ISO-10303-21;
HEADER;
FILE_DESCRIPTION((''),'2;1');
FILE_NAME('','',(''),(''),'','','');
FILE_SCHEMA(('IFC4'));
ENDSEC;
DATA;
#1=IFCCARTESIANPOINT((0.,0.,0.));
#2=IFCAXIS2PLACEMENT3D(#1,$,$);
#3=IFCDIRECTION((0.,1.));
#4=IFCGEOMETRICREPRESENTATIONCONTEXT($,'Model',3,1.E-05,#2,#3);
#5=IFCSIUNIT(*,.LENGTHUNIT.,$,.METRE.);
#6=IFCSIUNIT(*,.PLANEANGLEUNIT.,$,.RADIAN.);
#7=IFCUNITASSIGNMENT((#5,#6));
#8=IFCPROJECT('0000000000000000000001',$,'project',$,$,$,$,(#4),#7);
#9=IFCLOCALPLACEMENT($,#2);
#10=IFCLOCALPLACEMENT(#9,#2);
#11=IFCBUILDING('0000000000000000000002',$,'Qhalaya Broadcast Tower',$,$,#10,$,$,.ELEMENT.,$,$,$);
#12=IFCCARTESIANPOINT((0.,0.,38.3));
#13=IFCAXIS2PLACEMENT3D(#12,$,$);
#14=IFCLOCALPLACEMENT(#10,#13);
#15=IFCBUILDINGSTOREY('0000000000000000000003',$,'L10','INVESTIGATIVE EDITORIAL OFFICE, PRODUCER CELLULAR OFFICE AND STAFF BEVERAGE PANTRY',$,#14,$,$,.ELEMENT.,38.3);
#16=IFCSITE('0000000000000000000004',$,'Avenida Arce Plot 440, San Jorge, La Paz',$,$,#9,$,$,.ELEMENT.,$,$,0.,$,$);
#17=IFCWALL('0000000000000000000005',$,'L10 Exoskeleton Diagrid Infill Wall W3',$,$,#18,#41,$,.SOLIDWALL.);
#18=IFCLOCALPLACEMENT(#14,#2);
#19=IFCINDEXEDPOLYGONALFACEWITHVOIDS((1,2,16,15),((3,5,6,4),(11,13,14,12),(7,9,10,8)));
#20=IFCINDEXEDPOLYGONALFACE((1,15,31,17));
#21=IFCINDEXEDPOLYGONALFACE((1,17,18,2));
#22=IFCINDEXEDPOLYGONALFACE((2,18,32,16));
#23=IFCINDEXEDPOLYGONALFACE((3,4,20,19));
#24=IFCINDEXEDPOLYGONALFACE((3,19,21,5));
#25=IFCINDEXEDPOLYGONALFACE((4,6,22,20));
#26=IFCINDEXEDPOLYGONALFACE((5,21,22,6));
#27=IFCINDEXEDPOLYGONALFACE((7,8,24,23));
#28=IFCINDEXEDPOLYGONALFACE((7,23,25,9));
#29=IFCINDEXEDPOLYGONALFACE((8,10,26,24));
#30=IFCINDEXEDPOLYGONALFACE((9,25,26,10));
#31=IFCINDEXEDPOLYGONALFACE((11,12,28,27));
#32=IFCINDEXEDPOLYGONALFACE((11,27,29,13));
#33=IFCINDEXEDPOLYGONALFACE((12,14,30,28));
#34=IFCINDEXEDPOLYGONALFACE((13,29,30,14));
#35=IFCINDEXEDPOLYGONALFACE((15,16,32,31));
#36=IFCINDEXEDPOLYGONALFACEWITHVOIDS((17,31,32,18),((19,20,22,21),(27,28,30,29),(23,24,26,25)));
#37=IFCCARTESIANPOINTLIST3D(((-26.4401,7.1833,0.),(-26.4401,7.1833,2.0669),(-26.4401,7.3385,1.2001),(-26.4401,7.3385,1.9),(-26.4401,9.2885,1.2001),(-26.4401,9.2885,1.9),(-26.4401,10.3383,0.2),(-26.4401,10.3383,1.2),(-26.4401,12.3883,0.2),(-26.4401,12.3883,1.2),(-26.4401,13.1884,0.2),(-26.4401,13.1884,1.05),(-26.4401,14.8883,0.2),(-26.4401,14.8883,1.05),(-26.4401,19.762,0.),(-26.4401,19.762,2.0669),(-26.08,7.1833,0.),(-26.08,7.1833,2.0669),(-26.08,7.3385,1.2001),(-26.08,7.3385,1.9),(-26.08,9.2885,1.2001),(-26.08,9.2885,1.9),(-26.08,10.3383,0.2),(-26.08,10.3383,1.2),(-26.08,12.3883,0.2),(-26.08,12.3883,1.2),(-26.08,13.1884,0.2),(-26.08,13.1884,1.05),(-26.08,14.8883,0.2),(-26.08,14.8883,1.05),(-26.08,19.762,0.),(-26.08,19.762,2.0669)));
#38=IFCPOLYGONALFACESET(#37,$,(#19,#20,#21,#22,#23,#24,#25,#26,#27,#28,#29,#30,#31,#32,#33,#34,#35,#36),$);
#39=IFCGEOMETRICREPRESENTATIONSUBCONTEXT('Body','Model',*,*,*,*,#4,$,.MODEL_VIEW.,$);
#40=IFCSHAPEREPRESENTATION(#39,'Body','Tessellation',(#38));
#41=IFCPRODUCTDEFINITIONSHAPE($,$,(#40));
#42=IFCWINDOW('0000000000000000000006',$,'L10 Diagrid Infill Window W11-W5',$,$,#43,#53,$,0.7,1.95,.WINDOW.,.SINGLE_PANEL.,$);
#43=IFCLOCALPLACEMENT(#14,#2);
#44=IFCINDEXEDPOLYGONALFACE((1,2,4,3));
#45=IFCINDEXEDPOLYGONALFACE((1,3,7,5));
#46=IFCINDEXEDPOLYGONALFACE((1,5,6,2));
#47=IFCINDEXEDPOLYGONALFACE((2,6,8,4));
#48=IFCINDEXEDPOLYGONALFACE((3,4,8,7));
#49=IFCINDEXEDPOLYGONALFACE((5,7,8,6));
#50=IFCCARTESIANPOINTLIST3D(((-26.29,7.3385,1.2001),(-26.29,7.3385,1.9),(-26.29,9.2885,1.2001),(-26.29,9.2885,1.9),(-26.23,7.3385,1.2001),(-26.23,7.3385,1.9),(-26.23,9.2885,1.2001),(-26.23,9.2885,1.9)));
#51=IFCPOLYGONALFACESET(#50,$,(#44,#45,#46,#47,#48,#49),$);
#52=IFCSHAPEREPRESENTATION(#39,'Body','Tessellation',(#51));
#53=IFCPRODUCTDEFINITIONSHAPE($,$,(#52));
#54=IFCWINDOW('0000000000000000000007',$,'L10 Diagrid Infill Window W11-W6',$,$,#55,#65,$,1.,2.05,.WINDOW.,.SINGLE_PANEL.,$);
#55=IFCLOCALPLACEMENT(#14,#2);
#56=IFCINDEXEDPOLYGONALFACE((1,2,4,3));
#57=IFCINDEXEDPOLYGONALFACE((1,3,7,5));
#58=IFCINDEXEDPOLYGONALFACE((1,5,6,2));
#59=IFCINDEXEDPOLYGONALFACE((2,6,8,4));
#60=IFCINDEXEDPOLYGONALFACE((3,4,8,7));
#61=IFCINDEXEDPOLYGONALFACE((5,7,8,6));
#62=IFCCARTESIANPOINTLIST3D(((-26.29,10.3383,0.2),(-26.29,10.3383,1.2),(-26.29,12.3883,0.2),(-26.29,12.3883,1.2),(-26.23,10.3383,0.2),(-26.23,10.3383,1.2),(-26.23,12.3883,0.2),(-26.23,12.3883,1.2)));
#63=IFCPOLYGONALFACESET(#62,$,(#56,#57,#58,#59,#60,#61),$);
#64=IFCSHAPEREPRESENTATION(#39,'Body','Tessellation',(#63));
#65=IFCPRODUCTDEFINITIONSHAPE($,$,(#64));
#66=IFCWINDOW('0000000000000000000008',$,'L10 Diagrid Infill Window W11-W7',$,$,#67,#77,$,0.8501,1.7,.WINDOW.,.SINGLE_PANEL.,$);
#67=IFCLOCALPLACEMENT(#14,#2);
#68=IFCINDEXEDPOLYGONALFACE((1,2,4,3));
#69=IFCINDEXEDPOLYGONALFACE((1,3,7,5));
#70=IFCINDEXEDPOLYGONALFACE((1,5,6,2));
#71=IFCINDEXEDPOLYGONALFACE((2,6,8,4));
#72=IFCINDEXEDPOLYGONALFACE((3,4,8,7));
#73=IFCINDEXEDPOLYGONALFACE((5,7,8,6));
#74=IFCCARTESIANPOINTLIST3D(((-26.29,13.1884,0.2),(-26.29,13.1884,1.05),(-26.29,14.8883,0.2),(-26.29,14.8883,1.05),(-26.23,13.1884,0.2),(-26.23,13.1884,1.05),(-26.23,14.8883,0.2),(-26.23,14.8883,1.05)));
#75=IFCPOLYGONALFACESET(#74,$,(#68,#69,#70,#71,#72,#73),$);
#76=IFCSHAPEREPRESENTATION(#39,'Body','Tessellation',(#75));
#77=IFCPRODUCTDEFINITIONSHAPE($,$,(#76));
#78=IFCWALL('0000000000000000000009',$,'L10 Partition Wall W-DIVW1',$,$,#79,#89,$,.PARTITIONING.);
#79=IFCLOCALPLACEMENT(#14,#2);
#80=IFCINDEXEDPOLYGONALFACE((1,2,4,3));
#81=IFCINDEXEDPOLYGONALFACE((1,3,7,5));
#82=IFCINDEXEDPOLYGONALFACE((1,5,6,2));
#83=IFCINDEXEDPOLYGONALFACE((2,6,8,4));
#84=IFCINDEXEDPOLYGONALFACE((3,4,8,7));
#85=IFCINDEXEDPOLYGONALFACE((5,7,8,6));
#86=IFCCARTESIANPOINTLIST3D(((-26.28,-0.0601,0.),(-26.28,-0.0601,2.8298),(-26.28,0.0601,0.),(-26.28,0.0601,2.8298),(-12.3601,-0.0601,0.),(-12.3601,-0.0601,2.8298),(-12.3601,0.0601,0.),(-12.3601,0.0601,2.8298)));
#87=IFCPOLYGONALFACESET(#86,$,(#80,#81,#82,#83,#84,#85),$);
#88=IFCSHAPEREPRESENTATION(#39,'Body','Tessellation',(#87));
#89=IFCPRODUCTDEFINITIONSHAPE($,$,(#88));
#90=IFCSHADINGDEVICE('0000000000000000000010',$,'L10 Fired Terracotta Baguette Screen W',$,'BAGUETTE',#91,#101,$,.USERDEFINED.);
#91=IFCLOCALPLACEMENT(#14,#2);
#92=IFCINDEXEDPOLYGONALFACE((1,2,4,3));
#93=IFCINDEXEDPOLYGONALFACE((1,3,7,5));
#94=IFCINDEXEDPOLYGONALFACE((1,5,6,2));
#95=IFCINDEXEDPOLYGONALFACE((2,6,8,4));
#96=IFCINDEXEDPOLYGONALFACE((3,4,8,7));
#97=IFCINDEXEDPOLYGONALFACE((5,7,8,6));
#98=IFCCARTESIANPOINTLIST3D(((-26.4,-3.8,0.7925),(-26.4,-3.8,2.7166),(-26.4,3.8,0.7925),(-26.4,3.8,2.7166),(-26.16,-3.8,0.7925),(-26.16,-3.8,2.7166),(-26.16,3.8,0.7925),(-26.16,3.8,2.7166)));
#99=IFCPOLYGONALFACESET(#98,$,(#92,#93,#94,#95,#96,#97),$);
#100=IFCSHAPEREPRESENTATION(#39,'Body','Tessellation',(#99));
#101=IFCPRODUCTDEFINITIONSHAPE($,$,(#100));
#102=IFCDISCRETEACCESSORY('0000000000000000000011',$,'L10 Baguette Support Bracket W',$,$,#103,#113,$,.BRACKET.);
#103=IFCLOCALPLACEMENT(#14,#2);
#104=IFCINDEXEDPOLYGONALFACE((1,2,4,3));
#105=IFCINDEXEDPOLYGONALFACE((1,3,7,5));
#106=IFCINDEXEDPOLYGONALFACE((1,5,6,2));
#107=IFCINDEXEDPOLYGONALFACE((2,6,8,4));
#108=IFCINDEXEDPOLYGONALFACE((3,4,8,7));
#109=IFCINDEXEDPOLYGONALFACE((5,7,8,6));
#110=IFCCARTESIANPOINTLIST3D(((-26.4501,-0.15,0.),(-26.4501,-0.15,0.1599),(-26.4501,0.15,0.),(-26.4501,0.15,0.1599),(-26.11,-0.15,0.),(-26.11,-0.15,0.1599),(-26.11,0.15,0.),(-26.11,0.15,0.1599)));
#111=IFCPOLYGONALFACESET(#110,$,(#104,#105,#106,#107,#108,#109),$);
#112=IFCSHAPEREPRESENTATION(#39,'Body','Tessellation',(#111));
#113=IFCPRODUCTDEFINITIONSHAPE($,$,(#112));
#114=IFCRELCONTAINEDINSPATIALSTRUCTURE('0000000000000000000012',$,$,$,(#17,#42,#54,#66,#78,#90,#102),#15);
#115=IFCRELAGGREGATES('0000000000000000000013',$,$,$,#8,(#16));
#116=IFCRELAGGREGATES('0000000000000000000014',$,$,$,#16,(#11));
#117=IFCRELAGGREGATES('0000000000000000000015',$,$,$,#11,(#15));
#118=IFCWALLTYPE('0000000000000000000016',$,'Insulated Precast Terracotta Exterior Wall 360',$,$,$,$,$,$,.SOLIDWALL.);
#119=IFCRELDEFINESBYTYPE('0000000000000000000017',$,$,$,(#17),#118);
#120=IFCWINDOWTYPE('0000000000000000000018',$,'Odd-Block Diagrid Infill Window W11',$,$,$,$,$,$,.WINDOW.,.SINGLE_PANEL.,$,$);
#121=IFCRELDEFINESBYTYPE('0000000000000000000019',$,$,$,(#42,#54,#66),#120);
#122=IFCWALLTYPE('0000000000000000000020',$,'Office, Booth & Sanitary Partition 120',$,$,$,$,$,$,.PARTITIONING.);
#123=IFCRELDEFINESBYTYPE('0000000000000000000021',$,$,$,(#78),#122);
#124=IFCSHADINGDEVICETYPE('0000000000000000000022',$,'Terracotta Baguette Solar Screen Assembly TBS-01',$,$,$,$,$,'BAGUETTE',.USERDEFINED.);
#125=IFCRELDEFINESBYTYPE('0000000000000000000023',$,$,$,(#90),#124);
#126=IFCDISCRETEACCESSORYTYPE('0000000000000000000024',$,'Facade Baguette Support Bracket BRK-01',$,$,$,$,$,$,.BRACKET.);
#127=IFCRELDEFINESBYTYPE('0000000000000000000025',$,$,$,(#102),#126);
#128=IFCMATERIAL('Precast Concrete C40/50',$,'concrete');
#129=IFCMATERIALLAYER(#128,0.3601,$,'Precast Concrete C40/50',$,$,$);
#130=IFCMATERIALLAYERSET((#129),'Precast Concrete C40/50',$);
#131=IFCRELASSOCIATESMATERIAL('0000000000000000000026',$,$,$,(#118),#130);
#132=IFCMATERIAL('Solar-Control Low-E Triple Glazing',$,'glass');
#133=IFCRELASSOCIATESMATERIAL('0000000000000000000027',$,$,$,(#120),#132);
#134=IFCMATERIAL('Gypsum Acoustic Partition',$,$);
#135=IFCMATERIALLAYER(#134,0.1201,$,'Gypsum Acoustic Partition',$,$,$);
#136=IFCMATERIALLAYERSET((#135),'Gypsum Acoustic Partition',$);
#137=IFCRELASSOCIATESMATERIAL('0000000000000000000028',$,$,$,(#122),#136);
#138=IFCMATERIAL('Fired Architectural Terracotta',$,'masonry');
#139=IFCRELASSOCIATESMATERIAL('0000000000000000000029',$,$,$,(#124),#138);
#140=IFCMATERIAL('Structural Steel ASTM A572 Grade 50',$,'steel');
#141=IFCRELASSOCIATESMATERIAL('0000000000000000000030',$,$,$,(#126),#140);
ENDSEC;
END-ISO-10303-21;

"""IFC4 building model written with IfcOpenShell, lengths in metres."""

from ifc_helpers import new_model, si_unit, direction, frame, frame_2d, origin, origin_2d, place, context, subcontext, project, spatial, rectangle, extrude, material, layer, layer_set, type_object, element, fill, save


model = new_model("IFC4")

# Units and contexts
model_context = context("Model", 3, precision=1e-05, world=origin(), true_north=direction((0.0, 1.0)))
body_context = subcontext(model_context, "Body", "Model", "MODEL_VIEW")
ifc_project = project(units=[si_unit("LENGTHUNIT", "METRE"), si_unit("PLANEANGLEUNIT", "RADIAN")], contexts=[model_context])

# Site, building, storey
site_placement = place(None, origin())
site = spatial("IfcSite", under=ifc_project, at=site_placement, Name="Avenida Arce Plot 440, San Jorge, La Paz", CompositionType="ELEMENT", RefElevation=0.0)
building_placement = place(site_placement, origin())
building = spatial("IfcBuilding", under=site, at=building_placement, Name="Qhalaya Broadcast Tower", CompositionType="ELEMENT")
storey_placement = place(building_placement, frame((0.0, 0.0, 38.3)))
storey = spatial("IfcBuildingStorey", under=building, at=storey_placement, Name="L10", Description="INVESTIGATIVE EDITORIAL OFFICE, PRODUCER CELLULAR OFFICE AND STAFF BEVERAGE PANTRY", CompositionType="ELEMENT", Elevation=38.3)

# Shared definitions
ifc_material_1 = material(Name="Structural Steel ASTM A572 Grade 50", Category="steel")

# Shared definitions
ifc_material_2 = material(Name="Gypsum Acoustic Partition")

# Wall, openings, windows
ifc_material_3 = material(Name="Precast Concrete C40/50", Category="concrete")
ifc_layer_1 = layer(ifc_material_3, 0.3601, Name="Precast Concrete C40/50")
ifc_layer_set_1 = layer_set([ifc_layer_1], Name="Precast Concrete C40/50")
wall_type_1 = type_object("IfcWallType", Name="Insulated Precast Terracotta Exterior Wall 360", PredefinedType="SOLIDWALL", material=ifc_layer_set_1)
wall_1_placement = place(storey_placement, frame((-26.26, 7.1833, 0.0), z_axis=(0.0, 0.0, 1.0), x_axis=(0.0, 1.0, 0.0)))
wall_1 = element("IfcWall", 1, at=wall_1_placement, inside=storey, type_object=wall_type_1, Name="L10 Exoskeleton Diagrid Infill Wall W3", PredefinedType="SOLIDWALL", context=body_context, shape_type="SweptSolid", body=[
    extrude(rectangle(XDim=12.5786, YDim=0.3601, at=frame_2d((6.2893, 0.0))), origin(), (0.0, 0.0, 1.0), 2.0669),
])
opening_1_placement = place(wall_1_placement, frame((0.155, 0.0, 1.2)))
opening_1 = element("IfcOpeningElement", 2, at=opening_1_placement, cuts=wall_1, PredefinedType="OPENING", context=body_context, shape_type="SweptSolid", body=[
    extrude(rectangle(XDim=1.95, YDim=0.7, at=frame_2d((0.9751, 0.3501))), frame((0.0, 0.1921, 0.0), z_axis=(0.0, -1.0, 0.0), x_axis=(1.0, 0.0, 0.0)), (0.0, 0.0, 1.0), 0.384),
])
opening_2_placement = place(wall_1_placement, frame((3.155, 0.0, 0.2)))
opening_2 = element("IfcOpeningElement", 3, at=opening_2_placement, cuts=wall_1, PredefinedType="OPENING", context=body_context, shape_type="SweptSolid", body=[
    extrude(rectangle(XDim=2.05, YDim=1.0, at=frame_2d((1.0249, 0.5))), frame((0.0, 0.1921, 0.0), z_axis=(0.0, -1.0, 0.0), x_axis=(1.0, 0.0, 0.0)), (0.0, 0.0, 1.0), 0.384),
])
opening_3_placement = place(wall_1_placement, frame((6.0049, 0.0, 0.2)))
opening_3 = element("IfcOpeningElement", 4, at=opening_3_placement, cuts=wall_1, PredefinedType="OPENING", context=body_context, shape_type="SweptSolid", body=[
    extrude(rectangle(XDim=1.7, YDim=0.8501, at=frame_2d((0.8501, 0.425))), frame((0.0, 0.1921, 0.0), z_axis=(0.0, -1.0, 0.0), x_axis=(1.0, 0.0, 0.0)), (0.0, 0.0, 1.0), 0.384),
])
ifc_material_4 = material(Name="Solar-Control Low-E Triple Glazing", Category="glass")
window_type = type_object("IfcWindowType", Name="Odd-Block Diagrid Infill Window W11", PartitioningType="SINGLE_PANEL", PredefinedType="WINDOW", material=ifc_material_4)
window_1_placement = place(opening_1_placement, origin())
window_1 = element("IfcWindow", 5, at=window_1_placement, inside=storey, type_object=window_type, Name="L10 Diagrid Infill Window W11-W5", OverallHeight=0.7, OverallWidth=1.95, PartitioningType="SINGLE_PANEL", PredefinedType="WINDOW", context=body_context, shape_type="SweptSolid", body=[
    extrude(rectangle(XDim=1.95, YDim=0.7, at=frame_2d((0.9751, 0.3501))), frame((0.0, 0.03, 0.0), z_axis=(0.0, -1.0, 0.0), x_axis=(1.0, 0.0, 0.0)), (0.0, 0.0, 1.0), 0.0601),
])
fill(opening_1, window_1)
window_2_placement = place(opening_2_placement, origin())
window_2 = element("IfcWindow", 6, at=window_2_placement, inside=storey, type_object=window_type, Name="L10 Diagrid Infill Window W11-W6", OverallHeight=1.0, OverallWidth=2.05, PartitioningType="SINGLE_PANEL", PredefinedType="WINDOW", context=body_context, shape_type="SweptSolid", body=[
    extrude(rectangle(XDim=2.05, YDim=1.0, at=frame_2d((1.0249, 0.5))), frame((0.0, 0.03, 0.0), z_axis=(0.0, -1.0, 0.0), x_axis=(1.0, 0.0, 0.0)), (0.0, 0.0, 1.0), 0.0601),
])
fill(opening_2, window_2)
window_3_placement = place(opening_3_placement, origin())
window_3 = element("IfcWindow", 7, at=window_3_placement, inside=storey, type_object=window_type, Name="L10 Diagrid Infill Window W11-W7", OverallHeight=0.8501, OverallWidth=1.7, PartitioningType="SINGLE_PANEL", PredefinedType="WINDOW", context=body_context, shape_type="SweptSolid", body=[
    extrude(rectangle(XDim=1.7, YDim=0.8501, at=frame_2d((0.8501, 0.425))), frame((0.0, 0.03, 0.0), z_axis=(0.0, -1.0, 0.0), x_axis=(1.0, 0.0, 0.0)), (0.0, 0.0, 1.0), 0.0601),
])
fill(opening_3, window_3)

# Wall
ifc_layer_2 = layer(ifc_material_2, 0.1201, Name="Gypsum Acoustic Partition")
ifc_layer_set_2 = layer_set([ifc_layer_2], Name="Gypsum Acoustic Partition")
wall_type_2 = type_object("IfcWallType", Name="Office, Booth & Sanitary Partition 120", PredefinedType="PARTITIONING", material=ifc_layer_set_2)
wall_2_placement = place(storey_placement, frame((-26.28, 0.0, 0.0), z_axis=(0.0, 0.0, 1.0), x_axis=(1.0, 0.0, 0.0)))
element("IfcWall", 8, at=wall_2_placement, inside=storey, type_object=wall_type_2, Name="L10 Partition Wall W-DIVW1", PredefinedType="PARTITIONING", context=body_context, shape_type="SweptSolid", body=[
    extrude(rectangle(XDim=13.9199, YDim=0.1201, at=frame_2d((6.96, 0.0))), origin(), (0.0, 0.0, 1.0), 2.8298),
])

# Shading device
ifc_material_5 = material(Name="Fired Architectural Terracotta", Category="masonry")
shading_device_type = type_object("IfcShadingDeviceType", Name="Terracotta Baguette Solar Screen Assembly TBS-01", ElementType="BAGUETTE", PredefinedType="USERDEFINED", material=ifc_material_5)
shading_device_placement = place(storey_placement, frame((-26.28, 0.0, 0.7925), z_axis=(0.0, 0.0, 1.0), x_axis=(0.0, -1.0, 0.0)))
element("IfcShadingDevice", 9, at=shading_device_placement, inside=storey, type_object=shading_device_type, Name="L10 Fired Terracotta Baguette Screen W", ObjectType="BAGUETTE", PredefinedType="USERDEFINED", context=body_context, shape_type="SweptSolid", body=[
    extrude(rectangle(XDim=7.6001, YDim=0.24, at=origin_2d()), origin(), (0.0, 0.0, 1.0), 1.9241),
])

# Discrete accessory
discrete_accessory_type = type_object("IfcDiscreteAccessoryType", Name="Facade Baguette Support Bracket BRK-01", PredefinedType="BRACKET", material=ifc_material_1)
discrete_accessory_placement = place(storey_placement, frame((-26.28, 0.0, 0.0), z_axis=(0.0, 0.0, 1.0), x_axis=(0.0, -1.0, 0.0)))
element("IfcDiscreteAccessory", 10, at=discrete_accessory_placement, inside=storey, type_object=discrete_accessory_type, Name="L10 Baguette Support Bracket W", PredefinedType="BRACKET", context=body_context, shape_type="SweptSolid", body=[
    extrude(rectangle(XDim=0.3, YDim=0.3401, at=origin_2d()), origin(), (0.0, 0.0, 1.0), 0.1599),
])

save(model, "model.ifc")
